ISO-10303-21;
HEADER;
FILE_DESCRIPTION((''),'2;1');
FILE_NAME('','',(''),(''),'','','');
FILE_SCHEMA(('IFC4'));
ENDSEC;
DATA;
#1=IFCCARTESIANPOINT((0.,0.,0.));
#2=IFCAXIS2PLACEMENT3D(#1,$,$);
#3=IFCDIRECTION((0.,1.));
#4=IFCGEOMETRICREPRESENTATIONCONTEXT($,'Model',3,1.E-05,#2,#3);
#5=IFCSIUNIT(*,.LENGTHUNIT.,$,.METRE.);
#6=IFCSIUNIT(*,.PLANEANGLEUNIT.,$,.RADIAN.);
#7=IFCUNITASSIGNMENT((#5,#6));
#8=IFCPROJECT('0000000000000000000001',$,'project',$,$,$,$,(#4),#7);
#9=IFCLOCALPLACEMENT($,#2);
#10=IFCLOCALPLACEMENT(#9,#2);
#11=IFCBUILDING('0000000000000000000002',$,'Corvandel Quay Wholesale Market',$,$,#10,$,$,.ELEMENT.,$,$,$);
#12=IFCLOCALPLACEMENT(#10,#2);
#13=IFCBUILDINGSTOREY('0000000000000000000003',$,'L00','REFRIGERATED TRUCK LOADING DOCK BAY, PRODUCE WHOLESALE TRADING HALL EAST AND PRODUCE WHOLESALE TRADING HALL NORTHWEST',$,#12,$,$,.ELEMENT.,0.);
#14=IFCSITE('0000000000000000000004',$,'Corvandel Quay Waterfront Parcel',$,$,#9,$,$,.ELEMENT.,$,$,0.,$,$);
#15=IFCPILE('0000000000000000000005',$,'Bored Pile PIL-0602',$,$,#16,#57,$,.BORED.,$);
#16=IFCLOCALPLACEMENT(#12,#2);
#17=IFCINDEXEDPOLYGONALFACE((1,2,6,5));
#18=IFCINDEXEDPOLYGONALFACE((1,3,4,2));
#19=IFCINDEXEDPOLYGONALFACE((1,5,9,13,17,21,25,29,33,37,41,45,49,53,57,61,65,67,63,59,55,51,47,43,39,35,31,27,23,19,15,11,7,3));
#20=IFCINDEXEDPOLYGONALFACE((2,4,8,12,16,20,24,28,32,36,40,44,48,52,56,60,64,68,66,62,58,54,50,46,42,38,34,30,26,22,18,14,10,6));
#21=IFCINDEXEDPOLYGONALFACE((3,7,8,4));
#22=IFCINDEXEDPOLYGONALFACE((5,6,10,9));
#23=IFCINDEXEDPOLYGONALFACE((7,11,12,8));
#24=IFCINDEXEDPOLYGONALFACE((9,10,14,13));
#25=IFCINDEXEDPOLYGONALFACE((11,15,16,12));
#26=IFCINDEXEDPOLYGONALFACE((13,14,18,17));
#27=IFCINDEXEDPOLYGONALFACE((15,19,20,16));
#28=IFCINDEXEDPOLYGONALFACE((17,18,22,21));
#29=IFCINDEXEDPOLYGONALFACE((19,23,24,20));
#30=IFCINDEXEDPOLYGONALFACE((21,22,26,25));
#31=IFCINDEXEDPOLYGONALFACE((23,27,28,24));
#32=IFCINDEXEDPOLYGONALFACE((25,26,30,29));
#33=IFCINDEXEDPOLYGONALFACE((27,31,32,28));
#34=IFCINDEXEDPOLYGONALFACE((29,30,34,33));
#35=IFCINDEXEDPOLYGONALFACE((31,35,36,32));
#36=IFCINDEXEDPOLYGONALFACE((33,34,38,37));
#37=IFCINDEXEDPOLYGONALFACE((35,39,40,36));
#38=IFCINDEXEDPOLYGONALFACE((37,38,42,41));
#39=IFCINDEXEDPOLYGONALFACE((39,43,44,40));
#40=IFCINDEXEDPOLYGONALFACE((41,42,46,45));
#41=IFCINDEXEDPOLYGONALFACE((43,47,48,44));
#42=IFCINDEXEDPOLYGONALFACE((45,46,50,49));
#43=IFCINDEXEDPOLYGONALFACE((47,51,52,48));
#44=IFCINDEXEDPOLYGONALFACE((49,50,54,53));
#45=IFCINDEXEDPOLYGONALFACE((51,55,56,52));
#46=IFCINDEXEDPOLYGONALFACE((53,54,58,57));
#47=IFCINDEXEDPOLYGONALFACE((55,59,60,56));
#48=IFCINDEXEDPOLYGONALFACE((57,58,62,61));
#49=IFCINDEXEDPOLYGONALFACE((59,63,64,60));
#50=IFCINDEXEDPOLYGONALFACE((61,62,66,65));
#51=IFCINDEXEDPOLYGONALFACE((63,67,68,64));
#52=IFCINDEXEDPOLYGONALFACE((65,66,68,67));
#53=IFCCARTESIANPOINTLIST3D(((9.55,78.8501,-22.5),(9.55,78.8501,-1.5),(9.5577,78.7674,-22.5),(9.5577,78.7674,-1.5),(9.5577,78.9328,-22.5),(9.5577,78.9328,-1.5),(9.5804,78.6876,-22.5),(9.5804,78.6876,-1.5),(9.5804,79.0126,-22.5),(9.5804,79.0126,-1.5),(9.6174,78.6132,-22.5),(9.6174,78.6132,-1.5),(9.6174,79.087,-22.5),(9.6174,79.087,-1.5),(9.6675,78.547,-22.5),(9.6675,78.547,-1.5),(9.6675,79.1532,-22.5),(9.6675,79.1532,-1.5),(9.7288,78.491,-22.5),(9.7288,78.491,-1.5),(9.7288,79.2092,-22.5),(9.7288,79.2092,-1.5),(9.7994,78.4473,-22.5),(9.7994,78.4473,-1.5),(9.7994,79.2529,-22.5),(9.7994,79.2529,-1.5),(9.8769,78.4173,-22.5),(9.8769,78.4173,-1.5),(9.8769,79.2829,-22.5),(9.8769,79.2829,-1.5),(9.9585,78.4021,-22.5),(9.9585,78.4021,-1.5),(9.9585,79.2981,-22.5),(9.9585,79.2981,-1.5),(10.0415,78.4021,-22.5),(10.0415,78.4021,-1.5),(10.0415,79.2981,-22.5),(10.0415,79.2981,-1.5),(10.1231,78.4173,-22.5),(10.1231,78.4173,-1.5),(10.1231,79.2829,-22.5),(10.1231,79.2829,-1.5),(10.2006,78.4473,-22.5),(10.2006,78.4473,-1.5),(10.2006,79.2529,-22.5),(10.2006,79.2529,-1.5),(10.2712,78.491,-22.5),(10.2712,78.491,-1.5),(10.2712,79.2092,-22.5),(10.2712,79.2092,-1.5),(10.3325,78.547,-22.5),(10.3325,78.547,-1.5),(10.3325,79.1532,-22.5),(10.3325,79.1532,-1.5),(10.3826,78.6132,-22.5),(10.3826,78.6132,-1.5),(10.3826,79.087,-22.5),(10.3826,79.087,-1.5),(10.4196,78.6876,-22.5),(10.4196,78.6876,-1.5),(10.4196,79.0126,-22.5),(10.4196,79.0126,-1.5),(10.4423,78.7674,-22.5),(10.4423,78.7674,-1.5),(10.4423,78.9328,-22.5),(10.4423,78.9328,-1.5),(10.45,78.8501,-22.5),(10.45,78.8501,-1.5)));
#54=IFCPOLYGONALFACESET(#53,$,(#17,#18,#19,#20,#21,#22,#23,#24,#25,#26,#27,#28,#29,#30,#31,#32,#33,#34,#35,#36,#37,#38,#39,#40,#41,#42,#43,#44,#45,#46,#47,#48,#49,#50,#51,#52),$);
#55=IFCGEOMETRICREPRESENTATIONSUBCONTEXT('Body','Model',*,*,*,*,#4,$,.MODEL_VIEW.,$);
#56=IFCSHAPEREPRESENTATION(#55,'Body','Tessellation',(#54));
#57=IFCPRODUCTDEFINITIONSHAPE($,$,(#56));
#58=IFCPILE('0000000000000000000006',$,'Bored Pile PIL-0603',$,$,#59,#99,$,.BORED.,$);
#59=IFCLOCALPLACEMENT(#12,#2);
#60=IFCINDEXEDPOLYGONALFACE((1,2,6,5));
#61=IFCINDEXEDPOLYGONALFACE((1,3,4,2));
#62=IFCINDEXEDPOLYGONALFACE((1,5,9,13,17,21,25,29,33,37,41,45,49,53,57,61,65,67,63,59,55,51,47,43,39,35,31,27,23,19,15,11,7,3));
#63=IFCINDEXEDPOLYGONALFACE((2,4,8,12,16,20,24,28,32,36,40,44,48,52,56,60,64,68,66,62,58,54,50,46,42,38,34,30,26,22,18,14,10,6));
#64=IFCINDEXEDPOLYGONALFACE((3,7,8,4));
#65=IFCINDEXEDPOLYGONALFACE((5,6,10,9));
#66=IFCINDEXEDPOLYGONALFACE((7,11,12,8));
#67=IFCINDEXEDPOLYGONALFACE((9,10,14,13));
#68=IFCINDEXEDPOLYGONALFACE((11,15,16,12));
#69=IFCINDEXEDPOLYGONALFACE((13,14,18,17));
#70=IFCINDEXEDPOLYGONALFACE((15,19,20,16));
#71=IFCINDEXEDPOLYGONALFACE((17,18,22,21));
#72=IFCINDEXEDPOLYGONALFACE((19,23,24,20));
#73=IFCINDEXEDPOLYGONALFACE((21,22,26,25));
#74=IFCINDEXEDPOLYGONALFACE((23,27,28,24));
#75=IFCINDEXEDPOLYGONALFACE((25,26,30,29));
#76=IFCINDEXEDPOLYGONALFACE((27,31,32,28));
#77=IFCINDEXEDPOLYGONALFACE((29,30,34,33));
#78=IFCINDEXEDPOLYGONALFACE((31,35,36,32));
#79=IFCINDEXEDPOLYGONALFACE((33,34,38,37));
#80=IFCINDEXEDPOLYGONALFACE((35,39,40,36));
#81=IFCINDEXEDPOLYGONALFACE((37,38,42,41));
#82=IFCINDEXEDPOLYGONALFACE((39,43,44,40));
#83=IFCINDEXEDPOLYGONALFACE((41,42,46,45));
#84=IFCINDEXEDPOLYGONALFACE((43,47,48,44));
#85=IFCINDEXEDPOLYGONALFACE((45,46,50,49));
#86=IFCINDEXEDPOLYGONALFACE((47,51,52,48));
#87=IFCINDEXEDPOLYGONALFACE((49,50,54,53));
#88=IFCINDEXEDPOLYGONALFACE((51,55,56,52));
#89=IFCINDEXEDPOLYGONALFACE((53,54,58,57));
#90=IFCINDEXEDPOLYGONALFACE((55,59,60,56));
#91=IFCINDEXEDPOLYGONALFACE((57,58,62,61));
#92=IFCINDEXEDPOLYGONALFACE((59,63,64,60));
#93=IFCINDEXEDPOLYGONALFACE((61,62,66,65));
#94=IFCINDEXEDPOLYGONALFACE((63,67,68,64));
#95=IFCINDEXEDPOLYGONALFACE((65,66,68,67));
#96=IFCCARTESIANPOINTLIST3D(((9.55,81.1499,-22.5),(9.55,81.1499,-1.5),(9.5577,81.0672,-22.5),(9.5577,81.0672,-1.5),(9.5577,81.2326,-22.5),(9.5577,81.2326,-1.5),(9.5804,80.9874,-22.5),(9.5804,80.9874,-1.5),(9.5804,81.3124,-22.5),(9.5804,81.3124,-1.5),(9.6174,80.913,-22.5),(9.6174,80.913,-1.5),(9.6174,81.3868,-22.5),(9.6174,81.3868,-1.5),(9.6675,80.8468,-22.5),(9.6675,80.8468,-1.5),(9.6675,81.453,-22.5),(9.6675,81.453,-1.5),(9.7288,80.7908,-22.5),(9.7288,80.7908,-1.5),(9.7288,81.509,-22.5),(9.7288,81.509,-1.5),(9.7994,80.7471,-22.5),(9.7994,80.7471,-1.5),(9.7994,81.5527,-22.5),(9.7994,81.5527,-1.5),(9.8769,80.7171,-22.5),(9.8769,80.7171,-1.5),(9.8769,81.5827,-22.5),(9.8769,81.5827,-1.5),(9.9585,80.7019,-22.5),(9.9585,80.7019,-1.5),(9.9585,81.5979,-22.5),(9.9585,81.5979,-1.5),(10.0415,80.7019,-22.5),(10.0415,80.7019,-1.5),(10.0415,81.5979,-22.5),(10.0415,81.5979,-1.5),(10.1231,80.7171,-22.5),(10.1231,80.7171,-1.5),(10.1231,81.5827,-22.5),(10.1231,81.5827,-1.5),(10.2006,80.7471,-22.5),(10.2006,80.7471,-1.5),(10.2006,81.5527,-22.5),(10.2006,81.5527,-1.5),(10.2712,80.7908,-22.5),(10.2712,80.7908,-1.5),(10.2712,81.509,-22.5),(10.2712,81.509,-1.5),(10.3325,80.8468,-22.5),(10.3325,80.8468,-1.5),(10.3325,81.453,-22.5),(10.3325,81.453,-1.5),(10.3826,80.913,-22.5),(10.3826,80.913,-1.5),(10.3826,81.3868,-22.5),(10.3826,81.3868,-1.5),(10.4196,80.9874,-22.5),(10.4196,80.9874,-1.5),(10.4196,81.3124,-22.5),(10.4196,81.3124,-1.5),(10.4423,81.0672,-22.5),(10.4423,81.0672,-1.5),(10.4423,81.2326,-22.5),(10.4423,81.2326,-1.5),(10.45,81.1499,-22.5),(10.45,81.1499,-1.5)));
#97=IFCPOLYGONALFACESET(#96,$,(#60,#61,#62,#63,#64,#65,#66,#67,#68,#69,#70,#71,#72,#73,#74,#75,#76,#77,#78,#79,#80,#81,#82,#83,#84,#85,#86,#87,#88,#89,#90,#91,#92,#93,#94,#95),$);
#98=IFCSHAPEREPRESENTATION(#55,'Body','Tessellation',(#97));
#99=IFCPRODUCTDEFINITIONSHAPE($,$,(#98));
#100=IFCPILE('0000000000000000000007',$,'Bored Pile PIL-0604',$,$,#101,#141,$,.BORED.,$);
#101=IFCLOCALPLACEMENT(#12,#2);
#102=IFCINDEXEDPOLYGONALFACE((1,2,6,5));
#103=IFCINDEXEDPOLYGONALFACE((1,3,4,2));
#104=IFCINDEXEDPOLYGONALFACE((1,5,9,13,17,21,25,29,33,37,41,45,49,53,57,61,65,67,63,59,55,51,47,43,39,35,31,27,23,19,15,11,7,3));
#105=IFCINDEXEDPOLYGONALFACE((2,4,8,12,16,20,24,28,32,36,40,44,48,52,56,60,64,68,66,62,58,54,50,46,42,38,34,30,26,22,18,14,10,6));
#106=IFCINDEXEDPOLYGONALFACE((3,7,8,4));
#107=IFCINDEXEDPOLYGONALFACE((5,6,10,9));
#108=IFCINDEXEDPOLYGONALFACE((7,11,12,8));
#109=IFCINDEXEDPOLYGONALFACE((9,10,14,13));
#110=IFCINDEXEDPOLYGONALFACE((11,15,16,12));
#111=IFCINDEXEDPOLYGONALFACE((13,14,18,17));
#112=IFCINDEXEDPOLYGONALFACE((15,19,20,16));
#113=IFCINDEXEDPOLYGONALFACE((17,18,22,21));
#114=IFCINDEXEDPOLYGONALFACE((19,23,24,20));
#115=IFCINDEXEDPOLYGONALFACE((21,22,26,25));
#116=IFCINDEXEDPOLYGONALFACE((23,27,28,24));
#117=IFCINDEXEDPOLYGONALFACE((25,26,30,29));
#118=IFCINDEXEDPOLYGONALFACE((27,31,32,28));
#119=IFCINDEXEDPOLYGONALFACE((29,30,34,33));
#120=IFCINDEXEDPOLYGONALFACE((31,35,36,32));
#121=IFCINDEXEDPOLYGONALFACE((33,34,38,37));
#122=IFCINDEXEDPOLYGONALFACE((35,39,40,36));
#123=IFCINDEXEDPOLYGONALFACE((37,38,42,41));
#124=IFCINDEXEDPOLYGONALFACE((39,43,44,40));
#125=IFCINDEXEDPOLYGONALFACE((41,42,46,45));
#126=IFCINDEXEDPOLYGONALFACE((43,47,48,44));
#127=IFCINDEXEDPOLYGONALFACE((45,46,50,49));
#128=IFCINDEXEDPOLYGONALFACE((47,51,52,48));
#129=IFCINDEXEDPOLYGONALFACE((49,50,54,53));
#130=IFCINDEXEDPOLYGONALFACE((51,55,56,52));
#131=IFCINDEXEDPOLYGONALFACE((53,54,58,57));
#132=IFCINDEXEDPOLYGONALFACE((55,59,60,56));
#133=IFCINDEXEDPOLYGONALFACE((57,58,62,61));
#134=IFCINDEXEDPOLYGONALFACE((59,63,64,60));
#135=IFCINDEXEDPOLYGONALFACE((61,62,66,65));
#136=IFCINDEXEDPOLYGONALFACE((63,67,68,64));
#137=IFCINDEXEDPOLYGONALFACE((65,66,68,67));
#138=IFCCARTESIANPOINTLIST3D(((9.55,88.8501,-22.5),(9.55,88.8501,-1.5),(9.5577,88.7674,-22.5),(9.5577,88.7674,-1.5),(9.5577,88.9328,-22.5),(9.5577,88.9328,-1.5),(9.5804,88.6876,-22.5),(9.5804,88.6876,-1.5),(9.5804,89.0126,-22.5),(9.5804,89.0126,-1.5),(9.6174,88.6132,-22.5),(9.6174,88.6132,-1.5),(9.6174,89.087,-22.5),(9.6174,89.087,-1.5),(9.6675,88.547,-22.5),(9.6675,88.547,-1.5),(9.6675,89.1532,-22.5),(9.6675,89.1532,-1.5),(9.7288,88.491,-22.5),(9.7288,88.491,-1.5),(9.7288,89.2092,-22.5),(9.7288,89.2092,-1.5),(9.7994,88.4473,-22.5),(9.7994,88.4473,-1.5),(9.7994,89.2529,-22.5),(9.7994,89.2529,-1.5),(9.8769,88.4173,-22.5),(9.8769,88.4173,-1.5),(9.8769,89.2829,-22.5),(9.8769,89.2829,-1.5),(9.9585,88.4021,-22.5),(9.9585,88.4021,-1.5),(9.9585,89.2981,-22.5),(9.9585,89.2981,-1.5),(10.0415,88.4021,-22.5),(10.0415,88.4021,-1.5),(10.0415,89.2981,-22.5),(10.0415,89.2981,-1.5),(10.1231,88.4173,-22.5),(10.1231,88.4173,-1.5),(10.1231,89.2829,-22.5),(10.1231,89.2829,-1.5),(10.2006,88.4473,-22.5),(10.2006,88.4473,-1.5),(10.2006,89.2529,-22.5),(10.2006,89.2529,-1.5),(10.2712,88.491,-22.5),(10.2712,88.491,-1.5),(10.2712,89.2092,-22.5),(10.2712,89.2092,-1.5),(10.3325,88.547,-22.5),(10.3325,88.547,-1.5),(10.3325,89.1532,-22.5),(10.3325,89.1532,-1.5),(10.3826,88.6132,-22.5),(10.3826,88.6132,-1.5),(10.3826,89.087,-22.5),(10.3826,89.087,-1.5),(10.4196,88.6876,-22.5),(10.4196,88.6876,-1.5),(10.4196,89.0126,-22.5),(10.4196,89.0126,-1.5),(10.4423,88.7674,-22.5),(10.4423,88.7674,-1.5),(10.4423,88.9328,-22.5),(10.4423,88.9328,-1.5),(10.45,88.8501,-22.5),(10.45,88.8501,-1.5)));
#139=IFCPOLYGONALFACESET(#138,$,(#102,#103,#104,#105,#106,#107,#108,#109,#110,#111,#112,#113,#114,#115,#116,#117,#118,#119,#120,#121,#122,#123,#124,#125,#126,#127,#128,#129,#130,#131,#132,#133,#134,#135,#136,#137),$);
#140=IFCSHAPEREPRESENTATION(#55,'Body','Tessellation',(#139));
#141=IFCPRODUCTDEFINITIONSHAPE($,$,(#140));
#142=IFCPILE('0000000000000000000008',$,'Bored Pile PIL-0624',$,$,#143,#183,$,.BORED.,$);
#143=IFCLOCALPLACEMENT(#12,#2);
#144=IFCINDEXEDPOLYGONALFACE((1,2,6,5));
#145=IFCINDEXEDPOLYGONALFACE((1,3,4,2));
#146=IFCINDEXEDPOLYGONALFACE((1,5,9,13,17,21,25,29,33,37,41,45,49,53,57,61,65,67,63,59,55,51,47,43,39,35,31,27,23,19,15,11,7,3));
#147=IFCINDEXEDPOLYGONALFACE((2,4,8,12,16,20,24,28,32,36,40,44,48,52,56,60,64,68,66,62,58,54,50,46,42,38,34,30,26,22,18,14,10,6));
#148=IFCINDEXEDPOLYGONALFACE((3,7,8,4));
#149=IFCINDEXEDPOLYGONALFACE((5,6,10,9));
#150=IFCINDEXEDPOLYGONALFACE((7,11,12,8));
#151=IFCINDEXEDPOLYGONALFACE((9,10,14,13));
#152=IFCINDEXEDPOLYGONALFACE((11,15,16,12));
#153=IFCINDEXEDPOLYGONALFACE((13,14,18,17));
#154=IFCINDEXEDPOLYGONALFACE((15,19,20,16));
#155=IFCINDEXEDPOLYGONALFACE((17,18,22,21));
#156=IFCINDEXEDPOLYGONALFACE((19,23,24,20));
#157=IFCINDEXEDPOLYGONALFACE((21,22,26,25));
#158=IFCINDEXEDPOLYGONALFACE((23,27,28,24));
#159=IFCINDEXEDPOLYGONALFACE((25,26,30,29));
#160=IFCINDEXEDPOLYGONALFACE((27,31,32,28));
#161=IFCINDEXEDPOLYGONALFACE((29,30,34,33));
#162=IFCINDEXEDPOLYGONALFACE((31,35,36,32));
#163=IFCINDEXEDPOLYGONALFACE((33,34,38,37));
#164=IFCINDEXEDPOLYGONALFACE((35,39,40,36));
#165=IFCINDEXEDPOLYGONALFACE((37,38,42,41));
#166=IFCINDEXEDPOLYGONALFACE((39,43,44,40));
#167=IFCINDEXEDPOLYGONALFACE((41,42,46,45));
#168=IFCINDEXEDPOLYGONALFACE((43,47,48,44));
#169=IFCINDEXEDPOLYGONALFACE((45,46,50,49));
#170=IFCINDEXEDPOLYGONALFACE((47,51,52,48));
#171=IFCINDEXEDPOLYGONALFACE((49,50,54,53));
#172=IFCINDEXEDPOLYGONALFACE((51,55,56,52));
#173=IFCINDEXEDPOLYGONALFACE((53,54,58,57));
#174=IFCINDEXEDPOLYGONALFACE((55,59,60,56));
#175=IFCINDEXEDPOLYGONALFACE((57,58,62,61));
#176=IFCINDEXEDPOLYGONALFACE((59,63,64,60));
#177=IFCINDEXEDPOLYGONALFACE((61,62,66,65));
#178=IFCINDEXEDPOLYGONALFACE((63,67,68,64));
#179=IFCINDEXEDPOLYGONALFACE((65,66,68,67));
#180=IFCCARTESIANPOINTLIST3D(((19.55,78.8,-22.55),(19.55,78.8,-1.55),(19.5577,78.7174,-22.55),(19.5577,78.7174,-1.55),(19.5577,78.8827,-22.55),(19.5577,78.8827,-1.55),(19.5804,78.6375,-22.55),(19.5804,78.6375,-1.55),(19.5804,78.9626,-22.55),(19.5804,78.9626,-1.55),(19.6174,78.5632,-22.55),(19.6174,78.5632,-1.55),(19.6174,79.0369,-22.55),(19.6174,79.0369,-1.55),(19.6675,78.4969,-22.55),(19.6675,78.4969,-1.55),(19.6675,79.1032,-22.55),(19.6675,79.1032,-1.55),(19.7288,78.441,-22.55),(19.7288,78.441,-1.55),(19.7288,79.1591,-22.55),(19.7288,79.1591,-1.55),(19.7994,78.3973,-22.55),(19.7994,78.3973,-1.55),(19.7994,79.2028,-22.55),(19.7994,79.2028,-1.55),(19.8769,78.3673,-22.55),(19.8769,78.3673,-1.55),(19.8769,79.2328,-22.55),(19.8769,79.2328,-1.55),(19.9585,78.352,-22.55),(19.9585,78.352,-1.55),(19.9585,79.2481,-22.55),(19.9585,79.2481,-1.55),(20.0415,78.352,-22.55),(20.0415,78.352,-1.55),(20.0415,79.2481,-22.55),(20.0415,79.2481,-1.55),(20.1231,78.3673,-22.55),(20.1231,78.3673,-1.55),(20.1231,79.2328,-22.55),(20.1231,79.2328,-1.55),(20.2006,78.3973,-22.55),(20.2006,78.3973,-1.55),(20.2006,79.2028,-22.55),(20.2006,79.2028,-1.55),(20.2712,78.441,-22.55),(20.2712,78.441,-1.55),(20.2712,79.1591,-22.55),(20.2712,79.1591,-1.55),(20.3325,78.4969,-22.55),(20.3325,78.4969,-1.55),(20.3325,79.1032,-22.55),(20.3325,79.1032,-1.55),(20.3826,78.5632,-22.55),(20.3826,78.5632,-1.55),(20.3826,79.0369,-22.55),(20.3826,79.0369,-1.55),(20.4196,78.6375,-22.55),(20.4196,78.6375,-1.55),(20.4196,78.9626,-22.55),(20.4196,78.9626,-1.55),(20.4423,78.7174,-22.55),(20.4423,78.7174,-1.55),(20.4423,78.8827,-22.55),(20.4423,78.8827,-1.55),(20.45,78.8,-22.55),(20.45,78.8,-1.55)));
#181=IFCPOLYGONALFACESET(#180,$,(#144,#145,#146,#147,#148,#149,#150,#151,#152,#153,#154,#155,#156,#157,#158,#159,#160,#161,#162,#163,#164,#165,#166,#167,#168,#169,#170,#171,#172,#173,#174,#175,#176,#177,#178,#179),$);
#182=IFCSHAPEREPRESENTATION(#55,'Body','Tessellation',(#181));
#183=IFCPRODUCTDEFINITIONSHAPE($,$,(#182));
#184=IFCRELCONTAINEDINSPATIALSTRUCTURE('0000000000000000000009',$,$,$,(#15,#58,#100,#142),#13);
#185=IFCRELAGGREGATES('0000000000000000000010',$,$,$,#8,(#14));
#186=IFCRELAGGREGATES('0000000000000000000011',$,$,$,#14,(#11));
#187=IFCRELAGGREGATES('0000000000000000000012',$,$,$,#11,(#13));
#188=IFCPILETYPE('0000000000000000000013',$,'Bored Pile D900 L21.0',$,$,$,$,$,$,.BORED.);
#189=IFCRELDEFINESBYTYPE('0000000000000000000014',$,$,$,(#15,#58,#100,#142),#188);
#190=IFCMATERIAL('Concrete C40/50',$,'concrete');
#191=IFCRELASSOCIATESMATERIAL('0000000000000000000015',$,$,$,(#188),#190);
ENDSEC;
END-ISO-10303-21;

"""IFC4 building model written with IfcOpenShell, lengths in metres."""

from ifc_helpers import new_model, si_unit, direction, frame, origin, origin_2d, place, context, subcontext, project, spatial, circle, extrude, material, material_profile, profile_set, type_object, element, save


model = new_model("IFC4")

# Units and contexts
model_context = context("Model", 3, precision=1e-05, world=origin(), true_north=direction((0.0, 1.0)))
body_context = subcontext(model_context, "Body", "Model", "MODEL_VIEW")
ifc_project = project(units=[si_unit("LENGTHUNIT", "METRE"), si_unit("PLANEANGLEUNIT", "RADIAN")], contexts=[model_context])

# Site, building, storey
site_placement = place(None, origin())
site = spatial("IfcSite", under=ifc_project, at=site_placement, Name="Corvandel Quay Waterfront Parcel", CompositionType="ELEMENT", RefElevation=0.0)
building_placement = place(site_placement, origin())
building = spatial("IfcBuilding", under=site, at=building_placement, Name="Corvandel Quay Wholesale Market", CompositionType="ELEMENT")
storey_placement = place(building_placement, origin())
storey = spatial("IfcBuildingStorey", under=building, at=storey_placement, Name="L00", Description="REFRIGERATED TRUCK LOADING DOCK BAY, PRODUCE WHOLESALE TRADING HALL EAST AND PRODUCE WHOLESALE TRADING HALL NORTHWEST", CompositionType="ELEMENT", Elevation=0.0)

# Piles
ifc_material_1 = material(Name="Concrete C40/50", Category="concrete")
ifc_material_profile_1 = material_profile(ifc_material_1, circle(Radius=0.45, at=origin_2d()), Name="RC-PILE-D900")
ifc_profile_set_1 = profile_set([ifc_material_profile_1], Name="Concrete C40/50")
pile_type = type_object("IfcPileType", Name="Bored Pile D900 L21.0", PredefinedType="BORED", material=ifc_profile_set_1)
for number, where, z_axis, x_axis, name in (
    (1, (10.0, 78.8501, -1.5), (0.0, 0.0, -1.0), (1.0, 0.0, 0.0), "Bored Pile PIL-0602"),
    (2, (10.0, 81.1499, -1.5), (0.0, 0.0, -1.0), (1.0, 0.0, 0.0), "Bored Pile PIL-0603"),
    (3, (10.0, 88.8501, -1.5), (0.0, 0.0, -1.0), (1.0, 0.0, 0.0), "Bored Pile PIL-0604"),
    (4, (20.0, 78.8, -1.55), (0.0, 0.0, -1.0), (1.0, 0.0, 0.0), "Bored Pile PIL-0624"),
):
    element("IfcPile", number, at=place(storey_placement, frame(where, z_axis=z_axis, x_axis=x_axis)), inside=storey, type_object=pile_type, Name=name, PredefinedType="BORED", context=body_context, shape_type="SweptSolid", body=[
        extrude(circle(Radius=0.45, at=origin_2d()), origin(), (0.0, 0.0, 1.0), 21.0),
    ])

save(model, "model.ifc")
